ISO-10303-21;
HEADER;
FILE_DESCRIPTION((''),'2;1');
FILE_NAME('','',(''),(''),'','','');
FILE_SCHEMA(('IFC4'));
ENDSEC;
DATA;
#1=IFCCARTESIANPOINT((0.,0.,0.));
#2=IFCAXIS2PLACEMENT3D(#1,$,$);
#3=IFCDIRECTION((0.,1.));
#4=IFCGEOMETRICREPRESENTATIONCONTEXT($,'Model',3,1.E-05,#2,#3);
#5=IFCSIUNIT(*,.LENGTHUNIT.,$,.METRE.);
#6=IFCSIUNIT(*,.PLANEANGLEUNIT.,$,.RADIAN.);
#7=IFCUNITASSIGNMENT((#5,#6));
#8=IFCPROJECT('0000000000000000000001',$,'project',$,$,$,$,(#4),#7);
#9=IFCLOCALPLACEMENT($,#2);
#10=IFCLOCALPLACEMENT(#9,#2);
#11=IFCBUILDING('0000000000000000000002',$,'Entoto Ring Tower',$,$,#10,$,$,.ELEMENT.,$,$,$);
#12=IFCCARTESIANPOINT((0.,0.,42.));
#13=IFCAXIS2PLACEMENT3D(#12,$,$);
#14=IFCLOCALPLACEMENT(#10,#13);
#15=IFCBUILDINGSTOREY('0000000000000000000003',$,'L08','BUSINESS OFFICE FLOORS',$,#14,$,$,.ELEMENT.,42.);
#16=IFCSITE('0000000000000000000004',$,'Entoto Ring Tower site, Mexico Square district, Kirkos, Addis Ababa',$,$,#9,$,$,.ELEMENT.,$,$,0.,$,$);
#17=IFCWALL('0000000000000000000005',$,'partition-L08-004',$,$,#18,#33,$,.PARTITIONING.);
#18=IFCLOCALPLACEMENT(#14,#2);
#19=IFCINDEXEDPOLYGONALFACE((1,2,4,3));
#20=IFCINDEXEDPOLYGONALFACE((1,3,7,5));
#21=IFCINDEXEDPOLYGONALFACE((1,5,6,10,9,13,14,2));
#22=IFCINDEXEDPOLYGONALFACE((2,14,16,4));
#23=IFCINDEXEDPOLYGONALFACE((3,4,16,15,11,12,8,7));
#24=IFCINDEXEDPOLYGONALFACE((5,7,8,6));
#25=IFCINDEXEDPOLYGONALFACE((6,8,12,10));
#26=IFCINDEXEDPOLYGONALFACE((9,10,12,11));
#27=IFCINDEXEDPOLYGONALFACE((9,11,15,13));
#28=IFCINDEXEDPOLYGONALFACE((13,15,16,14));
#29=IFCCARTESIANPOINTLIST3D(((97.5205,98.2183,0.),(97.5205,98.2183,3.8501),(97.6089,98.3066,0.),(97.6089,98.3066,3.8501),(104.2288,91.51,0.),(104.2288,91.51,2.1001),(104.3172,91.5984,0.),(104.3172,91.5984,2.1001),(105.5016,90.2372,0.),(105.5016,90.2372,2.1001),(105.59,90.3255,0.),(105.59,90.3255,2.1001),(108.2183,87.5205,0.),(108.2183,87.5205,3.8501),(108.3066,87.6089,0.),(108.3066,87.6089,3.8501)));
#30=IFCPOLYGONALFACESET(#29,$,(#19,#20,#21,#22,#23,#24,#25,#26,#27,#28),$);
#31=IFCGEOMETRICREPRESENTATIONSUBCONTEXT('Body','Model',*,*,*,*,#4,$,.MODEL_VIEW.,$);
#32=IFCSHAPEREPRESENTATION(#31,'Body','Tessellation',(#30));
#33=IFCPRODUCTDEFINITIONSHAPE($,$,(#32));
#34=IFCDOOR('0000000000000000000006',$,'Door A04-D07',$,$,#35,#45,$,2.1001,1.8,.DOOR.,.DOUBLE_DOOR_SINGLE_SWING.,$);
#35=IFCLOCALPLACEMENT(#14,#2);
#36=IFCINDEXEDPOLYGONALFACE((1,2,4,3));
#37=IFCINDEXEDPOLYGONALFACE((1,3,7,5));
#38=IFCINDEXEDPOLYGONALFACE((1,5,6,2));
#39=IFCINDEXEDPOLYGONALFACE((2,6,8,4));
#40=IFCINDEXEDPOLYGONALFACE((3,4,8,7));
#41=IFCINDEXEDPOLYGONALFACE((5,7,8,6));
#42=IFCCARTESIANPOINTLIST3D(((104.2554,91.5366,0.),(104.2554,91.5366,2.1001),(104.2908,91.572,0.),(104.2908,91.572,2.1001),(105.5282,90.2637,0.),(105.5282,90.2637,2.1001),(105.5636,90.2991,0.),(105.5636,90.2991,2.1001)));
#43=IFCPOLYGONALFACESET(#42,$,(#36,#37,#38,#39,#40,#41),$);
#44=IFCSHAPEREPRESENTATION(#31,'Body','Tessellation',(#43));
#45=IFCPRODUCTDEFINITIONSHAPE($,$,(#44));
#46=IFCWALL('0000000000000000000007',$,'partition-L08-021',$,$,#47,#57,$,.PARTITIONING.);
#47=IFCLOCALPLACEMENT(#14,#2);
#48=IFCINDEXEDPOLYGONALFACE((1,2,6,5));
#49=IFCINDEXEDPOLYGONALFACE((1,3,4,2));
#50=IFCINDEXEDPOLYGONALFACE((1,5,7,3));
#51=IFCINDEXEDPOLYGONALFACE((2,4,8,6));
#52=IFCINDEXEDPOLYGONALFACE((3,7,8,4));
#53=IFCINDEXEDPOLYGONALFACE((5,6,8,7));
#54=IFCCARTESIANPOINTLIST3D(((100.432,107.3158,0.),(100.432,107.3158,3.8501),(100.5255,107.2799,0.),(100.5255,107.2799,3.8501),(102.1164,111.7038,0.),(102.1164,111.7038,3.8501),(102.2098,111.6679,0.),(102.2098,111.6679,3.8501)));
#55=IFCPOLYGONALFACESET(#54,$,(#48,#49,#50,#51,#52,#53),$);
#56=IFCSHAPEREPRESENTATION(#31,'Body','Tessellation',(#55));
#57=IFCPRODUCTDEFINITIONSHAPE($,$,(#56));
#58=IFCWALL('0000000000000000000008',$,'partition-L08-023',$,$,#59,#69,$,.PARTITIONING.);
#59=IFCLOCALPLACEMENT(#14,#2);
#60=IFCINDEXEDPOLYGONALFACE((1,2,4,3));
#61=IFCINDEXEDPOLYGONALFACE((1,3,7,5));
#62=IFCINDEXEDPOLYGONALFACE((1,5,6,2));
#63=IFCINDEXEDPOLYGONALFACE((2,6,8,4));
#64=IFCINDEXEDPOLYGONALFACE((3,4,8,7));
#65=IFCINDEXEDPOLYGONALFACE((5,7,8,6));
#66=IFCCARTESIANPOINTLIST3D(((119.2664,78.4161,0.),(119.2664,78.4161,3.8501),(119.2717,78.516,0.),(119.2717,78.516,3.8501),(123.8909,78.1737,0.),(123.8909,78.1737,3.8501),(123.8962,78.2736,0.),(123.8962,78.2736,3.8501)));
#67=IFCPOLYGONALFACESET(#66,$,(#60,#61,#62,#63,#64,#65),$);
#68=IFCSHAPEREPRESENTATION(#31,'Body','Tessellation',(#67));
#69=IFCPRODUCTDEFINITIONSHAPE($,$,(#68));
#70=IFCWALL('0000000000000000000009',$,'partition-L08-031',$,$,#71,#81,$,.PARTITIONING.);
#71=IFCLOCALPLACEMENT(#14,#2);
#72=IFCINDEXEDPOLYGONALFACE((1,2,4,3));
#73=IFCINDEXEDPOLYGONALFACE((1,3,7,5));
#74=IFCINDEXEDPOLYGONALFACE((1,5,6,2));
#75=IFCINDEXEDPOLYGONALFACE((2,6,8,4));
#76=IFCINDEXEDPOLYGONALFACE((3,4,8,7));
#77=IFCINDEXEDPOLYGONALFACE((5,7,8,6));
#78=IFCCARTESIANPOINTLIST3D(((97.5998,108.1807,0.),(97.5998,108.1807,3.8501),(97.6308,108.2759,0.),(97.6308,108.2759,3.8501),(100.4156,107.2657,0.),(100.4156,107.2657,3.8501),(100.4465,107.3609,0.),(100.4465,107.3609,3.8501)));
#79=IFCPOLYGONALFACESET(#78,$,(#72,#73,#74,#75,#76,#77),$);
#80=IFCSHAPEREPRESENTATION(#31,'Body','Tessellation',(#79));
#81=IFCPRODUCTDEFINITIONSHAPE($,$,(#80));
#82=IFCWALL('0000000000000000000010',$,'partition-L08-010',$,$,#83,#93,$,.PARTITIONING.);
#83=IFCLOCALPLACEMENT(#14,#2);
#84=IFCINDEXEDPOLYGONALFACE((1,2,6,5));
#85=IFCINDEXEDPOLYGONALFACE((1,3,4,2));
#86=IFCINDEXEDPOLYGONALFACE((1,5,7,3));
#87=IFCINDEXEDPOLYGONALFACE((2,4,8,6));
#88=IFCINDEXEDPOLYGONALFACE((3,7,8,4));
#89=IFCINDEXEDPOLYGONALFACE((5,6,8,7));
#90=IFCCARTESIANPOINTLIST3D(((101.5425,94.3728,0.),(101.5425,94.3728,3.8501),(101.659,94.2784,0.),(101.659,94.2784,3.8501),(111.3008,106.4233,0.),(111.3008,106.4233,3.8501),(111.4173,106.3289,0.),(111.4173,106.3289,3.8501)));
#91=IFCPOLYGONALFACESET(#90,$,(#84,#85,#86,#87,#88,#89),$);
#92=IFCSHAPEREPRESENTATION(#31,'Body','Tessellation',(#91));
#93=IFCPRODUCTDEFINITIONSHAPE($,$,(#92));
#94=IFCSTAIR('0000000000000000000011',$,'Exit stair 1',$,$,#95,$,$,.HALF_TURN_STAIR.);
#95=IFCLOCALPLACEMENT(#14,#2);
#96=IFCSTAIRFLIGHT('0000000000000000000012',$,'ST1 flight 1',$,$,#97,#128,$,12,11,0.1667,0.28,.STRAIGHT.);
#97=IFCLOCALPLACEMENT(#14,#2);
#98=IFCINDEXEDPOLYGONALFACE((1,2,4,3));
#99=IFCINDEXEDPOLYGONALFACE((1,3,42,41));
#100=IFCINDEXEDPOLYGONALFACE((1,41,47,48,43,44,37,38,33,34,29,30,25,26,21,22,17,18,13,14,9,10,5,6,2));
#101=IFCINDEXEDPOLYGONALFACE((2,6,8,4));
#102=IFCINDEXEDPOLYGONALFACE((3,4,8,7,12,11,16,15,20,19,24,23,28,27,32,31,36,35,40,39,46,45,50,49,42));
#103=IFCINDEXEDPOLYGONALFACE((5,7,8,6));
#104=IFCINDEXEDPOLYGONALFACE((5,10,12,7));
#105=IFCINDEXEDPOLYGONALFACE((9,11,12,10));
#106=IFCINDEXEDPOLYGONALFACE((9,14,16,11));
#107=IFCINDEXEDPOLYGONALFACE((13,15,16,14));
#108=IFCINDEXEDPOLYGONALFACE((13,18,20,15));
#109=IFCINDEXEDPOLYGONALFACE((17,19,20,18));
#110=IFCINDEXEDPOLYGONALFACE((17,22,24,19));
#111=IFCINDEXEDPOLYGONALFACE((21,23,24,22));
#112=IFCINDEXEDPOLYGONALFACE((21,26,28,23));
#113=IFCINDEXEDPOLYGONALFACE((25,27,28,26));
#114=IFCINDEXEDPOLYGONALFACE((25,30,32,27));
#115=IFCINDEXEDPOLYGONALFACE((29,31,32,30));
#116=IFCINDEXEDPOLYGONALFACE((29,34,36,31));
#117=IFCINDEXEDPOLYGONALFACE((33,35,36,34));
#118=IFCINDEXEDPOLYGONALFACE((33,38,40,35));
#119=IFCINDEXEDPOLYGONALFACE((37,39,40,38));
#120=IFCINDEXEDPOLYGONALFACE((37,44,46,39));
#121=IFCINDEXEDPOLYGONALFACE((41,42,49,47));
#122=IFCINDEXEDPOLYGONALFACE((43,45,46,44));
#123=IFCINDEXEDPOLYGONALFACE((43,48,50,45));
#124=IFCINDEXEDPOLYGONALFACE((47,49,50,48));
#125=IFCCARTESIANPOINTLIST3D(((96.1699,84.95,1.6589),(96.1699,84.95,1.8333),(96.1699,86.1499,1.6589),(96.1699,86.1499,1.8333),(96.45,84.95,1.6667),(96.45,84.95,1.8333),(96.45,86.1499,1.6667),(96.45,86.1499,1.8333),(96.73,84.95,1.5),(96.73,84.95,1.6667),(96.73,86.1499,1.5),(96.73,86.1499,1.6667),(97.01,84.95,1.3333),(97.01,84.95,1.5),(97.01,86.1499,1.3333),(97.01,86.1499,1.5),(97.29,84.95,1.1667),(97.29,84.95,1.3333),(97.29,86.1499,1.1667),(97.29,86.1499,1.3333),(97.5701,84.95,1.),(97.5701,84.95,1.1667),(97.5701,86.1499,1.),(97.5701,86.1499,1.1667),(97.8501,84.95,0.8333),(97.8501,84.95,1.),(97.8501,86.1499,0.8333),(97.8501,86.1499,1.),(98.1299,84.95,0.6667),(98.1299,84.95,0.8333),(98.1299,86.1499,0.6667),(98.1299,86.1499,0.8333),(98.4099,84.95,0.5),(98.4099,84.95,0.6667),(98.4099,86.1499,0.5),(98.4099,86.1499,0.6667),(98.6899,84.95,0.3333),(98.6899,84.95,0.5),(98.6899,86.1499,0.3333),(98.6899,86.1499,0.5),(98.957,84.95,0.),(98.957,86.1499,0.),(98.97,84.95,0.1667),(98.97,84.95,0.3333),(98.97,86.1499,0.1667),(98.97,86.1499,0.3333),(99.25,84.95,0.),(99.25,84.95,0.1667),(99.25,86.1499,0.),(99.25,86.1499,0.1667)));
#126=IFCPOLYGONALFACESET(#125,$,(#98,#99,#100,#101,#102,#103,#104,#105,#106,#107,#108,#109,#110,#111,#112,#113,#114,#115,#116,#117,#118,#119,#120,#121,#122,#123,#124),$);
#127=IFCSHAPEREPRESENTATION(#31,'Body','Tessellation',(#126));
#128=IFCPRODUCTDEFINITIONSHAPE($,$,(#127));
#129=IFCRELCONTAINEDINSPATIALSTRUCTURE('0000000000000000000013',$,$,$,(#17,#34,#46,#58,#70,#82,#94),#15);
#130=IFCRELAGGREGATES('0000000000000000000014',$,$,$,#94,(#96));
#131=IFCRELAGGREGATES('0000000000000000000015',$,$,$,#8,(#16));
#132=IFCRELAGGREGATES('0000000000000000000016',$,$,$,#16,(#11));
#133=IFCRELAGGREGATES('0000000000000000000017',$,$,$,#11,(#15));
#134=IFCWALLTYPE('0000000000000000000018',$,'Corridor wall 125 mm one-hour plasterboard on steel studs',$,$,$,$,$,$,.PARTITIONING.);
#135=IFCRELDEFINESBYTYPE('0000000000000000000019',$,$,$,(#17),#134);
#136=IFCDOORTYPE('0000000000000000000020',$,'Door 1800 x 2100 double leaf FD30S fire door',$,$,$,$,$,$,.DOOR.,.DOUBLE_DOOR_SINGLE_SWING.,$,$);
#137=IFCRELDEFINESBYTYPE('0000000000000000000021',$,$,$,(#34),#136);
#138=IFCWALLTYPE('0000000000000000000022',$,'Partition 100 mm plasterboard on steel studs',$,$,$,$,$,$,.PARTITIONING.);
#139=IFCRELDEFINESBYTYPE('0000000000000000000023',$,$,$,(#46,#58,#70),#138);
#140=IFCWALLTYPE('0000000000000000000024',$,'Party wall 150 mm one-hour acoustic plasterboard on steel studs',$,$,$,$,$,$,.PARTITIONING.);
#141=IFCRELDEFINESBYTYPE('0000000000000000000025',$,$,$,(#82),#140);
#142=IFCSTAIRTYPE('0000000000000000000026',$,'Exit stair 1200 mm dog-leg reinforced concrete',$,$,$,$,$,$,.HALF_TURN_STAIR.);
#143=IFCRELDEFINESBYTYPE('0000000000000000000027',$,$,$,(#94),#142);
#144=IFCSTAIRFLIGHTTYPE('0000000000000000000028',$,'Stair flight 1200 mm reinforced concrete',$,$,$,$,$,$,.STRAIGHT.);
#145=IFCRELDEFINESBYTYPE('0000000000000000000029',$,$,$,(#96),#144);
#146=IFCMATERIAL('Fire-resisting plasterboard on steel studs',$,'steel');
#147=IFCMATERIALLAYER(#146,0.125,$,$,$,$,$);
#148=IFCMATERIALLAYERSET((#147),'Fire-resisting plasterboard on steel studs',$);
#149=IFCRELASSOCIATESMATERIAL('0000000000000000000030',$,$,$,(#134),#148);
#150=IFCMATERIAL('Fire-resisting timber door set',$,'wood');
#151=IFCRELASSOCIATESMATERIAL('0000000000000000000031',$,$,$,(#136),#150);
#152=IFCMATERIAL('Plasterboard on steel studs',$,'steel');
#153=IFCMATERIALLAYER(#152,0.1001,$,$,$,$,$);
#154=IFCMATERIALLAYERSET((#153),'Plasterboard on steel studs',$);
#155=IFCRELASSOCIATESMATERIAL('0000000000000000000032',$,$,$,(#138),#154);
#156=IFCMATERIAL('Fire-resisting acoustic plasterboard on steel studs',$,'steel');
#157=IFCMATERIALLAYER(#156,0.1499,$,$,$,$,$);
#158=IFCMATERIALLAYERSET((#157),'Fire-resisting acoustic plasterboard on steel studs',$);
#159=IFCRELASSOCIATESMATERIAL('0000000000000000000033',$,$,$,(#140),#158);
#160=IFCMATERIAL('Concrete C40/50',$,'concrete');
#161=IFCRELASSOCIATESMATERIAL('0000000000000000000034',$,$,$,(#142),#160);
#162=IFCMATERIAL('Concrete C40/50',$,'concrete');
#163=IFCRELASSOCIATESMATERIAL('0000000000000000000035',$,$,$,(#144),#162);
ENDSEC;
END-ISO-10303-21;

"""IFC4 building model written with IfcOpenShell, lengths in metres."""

from ifc_helpers import new_model, si_unit, direction, frame, frame_2d, origin, place, context, subcontext, project, spatial, polyline, rectangle, outline, extrude, material, layer, layer_set, type_object, element, fill, aggregate, save


model = new_model("IFC4")

# Units and contexts
model_context = context("Model", 3, precision=1e-05, world=origin(), true_north=direction((0.0, 1.0)))
body_context = subcontext(model_context, "Body", "Model", "MODEL_VIEW")
ifc_project = project(units=[si_unit("LENGTHUNIT", "METRE"), si_unit("PLANEANGLEUNIT", "RADIAN")], contexts=[model_context])

# Site, building, storey
site_placement = place(None, origin())
site = spatial("IfcSite", under=ifc_project, at=site_placement, Name="Entoto Ring Tower site, Mexico Square district, Kirkos, Addis Ababa", CompositionType="ELEMENT", RefElevation=0.0)
building_placement = place(site_placement, origin())
building = spatial("IfcBuilding", under=site, at=building_placement, Name="Entoto Ring Tower", CompositionType="ELEMENT")
storey_placement = place(building_placement, frame((0.0, 0.0, 42.0)))
storey = spatial("IfcBuildingStorey", under=building, at=storey_placement, Name="L08", Description="BUSINESS OFFICE FLOORS", CompositionType="ELEMENT", Elevation=42.0)

# Wall, opening, door
ifc_material_1 = material(Name="Fire-resisting plasterboard on steel studs", Category="steel")
ifc_layer_1 = layer(ifc_material_1, 0.125)
ifc_layer_set_1 = layer_set([ifc_layer_1], Name="Fire-resisting plasterboard on steel studs")
wall_type_1 = type_object("IfcWallType", Name="Corridor wall 125 mm one-hour plasterboard on steel studs", PredefinedType="PARTITIONING", material=ifc_layer_set_1)
wall_1_placement = place(storey_placement, frame((108.2625, 87.5647, 0.0), z_axis=(0.0, 0.0, 1.0), x_axis=(-0.707107, 0.707107, 0.0)))
wall_1 = element("IfcWall", 1, at=wall_1_placement, inside=storey, type_object=wall_type_1, Name="partition-L08-004", PredefinedType="PARTITIONING", context=body_context, shape_type="SweptSolid", body=[
    extrude(rectangle(XDim=15.1289, YDim=0.125, at=frame_2d((7.5645, 0.0))), origin(), (0.0, 0.0, 1.0), 3.8501),
])
opening_1_placement = place(wall_1_placement, frame((3.842, 0.0, 0.0)))
opening_1 = element("IfcOpeningElement", 2, at=opening_1_placement, cuts=wall_1, PredefinedType="OPENING", context=body_context, shape_type="SweptSolid", body=[
    extrude(rectangle(XDim=1.8, YDim=2.1001, at=frame_2d((0.8999, 1.05))), frame((0.0, 0.0725, 0.0), z_axis=(0.0, -1.0, 0.0), x_axis=(1.0, 0.0, 0.0)), (0.0, 0.0, 1.0), 0.145),
])
ifc_material_2 = material(Name="Fire-resisting timber door set", Category="wood")
door_type_1 = type_object("IfcDoorType", Name="Door 1800 x 2100 double leaf FD30S fire door", OperationType="DOUBLE_DOOR_SINGLE_SWING", PredefinedType="DOOR", material=ifc_material_2)
door_1_placement = place(opening_1_placement, origin())
door_1 = element("IfcDoor", 3, at=door_1_placement, inside=storey, type_object=door_type_1, Name="Door A04-D07", OperationType="DOUBLE_DOOR_SINGLE_SWING", OverallHeight=2.1001, OverallWidth=1.8, PredefinedType="DOOR", context=body_context, shape_type="SweptSolid", body=[
    extrude(rectangle(XDim=1.8, YDim=2.1001, at=frame_2d((0.8999, 1.05))), frame((0.0, 0.0249, 0.0), z_axis=(0.0, -1.0, 0.0), x_axis=(1.0, 0.0, 0.0)), (0.0, 0.0, 1.0), 0.05),
])
fill(opening_1, door_1)

# Walls
ifc_material_3 = material(Name="Plasterboard on steel studs", Category="steel")
ifc_layer_2 = layer(ifc_material_3, 0.1001)
ifc_layer_set_2 = layer_set([ifc_layer_2], Name="Plasterboard on steel studs")
wall_type_2 = type_object("IfcWallType", Name="Partition 100 mm plasterboard on steel studs", PredefinedType="PARTITIONING", material=ifc_layer_set_2)
wall_2_placement = place(storey_placement, frame((100.4788, 107.2979, 0.0), z_axis=(0.0, 0.0, 1.0), x_axis=(0.358359, 0.933584, 0.0)))
element("IfcWall", 4, at=wall_2_placement, inside=storey, type_object=wall_type_2, Name="partition-L08-021", PredefinedType="PARTITIONING", context=body_context, shape_type="SweptSolid", body=[
    extrude(rectangle(XDim=4.7002, YDim=0.1001, at=frame_2d((2.3501, 0.0))), origin(), (0.0, 0.0, 1.0), 3.8501),
])
wall_3_placement = place(storey_placement, frame((123.8936, 78.2236, 0.0), z_axis=(0.0, 0.0, 1.0), x_axis=(-0.998629, 0.052351, 0.0)))
element("IfcWall", 5, at=wall_3_placement, inside=storey, type_object=wall_type_2, Name="partition-L08-023", PredefinedType="PARTITIONING", context=body_context, shape_type="SweptSolid", body=[
    extrude(rectangle(XDim=4.6309, YDim=0.1001, at=frame_2d((2.3154, 0.0))), origin(), (0.0, 0.0, 1.0), 3.8501),
])
wall_4_placement = place(storey_placement, frame((100.4312, 107.3132, 0.0), z_axis=(0.0, 0.0, 1.0), x_axis=(-0.95104, 0.309069, 0.0)))
element("IfcWall", 6, at=wall_4_placement, inside=storey, type_object=wall_type_2, Name="partition-L08-031", PredefinedType="PARTITIONING", context=body_context, shape_type="SweptSolid", body=[
    extrude(rectangle(XDim=2.9607, YDim=0.1001, at=frame_2d((1.4805, 0.0))), origin(), (0.0, 0.0, 1.0), 3.8501),
])
ifc_material_4 = material(Name="Fire-resisting acoustic plasterboard on steel studs", Category="steel")
ifc_layer_3 = layer(ifc_material_4, 0.1499)
ifc_layer_set_3 = layer_set([ifc_layer_3], Name="Fire-resisting acoustic plasterboard on steel studs")
wall_type_3 = type_object("IfcWallType", Name="Party wall 150 mm one-hour acoustic plasterboard on steel studs", PredefinedType="PARTITIONING", material=ifc_layer_set_3)
wall_5_placement = place(storey_placement, frame((101.6008, 94.3257, 0.0), z_axis=(0.0, 0.0, 1.0), x_axis=(0.629319, 0.777147, 0.0)))
element("IfcWall", 7, at=wall_5_placement, inside=storey, type_object=wall_type_3, Name="partition-L08-010", PredefinedType="PARTITIONING", context=body_context, shape_type="SweptSolid", body=[
    extrude(rectangle(XDim=15.5061, YDim=0.1499, at=frame_2d((7.7529, 0.0))), origin(), (0.0, 0.0, 1.0), 3.8501),
])

# Stair, stair flight
ifc_material_5 = material(Name="Concrete C40/50", Category="concrete")
stair_type = type_object("IfcStairType", Name="Exit stair 1200 mm dog-leg reinforced concrete", PredefinedType="HALF_TURN_STAIR", material=ifc_material_5)
stair_placement = place(storey_placement, origin())
stair = element("IfcStair", 8, at=stair_placement, inside=storey, type_object=stair_type, Name="Exit stair 1", PredefinedType="HALF_TURN_STAIR")
ifc_material_6 = material(Name="Concrete C40/50", Category="concrete")
stair_flight_type = type_object("IfcStairFlightType", Name="Stair flight 1200 mm reinforced concrete", PredefinedType="STRAIGHT", material=ifc_material_6)
stair_flight_placement = place(storey_placement, frame((99.25, 85.55, 0.0), z_axis=(0.0, 0.0, 1.0), x_axis=(-1.0, 0.0, 0.0)))
stair_flight = element("IfcStairFlight", 9, at=stair_flight_placement, type_object=stair_flight_type, Name="ST1 flight 1", NumberOfRisers=12, NumberOfTreads=11, PredefinedType="STRAIGHT", RiserHeight=0.1667, TreadLength=0.28, context=body_context, shape_type="SweptSolid", body=[
    extrude(outline(polyline([(0.0, 0.0), (0.0, 0.1667), (0.28, 0.1667), (0.28, 0.3333), (0.5601, 0.3333), (0.5601, 0.5), (0.8401, 0.5), (0.8401, 0.6667), (1.1201, 0.6667), (1.1201, 0.8333), (1.3999, 0.8333), (1.3999, 1.0), (1.6799, 1.0), (1.6799, 1.1667), (1.96, 1.1667), (1.96, 1.3333), (2.24, 1.3333), (2.24, 1.5), (2.52, 1.5), (2.52, 1.6667), (2.8, 1.6667), (2.8, 1.8333), (3.0801, 1.8333), (3.0801, 2.0), (3.0801, 1.6589), (0.293, 0.0), (0.0, 0.0)])), frame((0.0, 0.6001, 0.0), z_axis=(0.0, -1.0, 0.0), x_axis=(1.0, 0.0, 0.0)), (0.0, 0.0, 1.0), 1.2),
])
aggregate(stair, [stair_flight])

save(model, "model.ifc")
